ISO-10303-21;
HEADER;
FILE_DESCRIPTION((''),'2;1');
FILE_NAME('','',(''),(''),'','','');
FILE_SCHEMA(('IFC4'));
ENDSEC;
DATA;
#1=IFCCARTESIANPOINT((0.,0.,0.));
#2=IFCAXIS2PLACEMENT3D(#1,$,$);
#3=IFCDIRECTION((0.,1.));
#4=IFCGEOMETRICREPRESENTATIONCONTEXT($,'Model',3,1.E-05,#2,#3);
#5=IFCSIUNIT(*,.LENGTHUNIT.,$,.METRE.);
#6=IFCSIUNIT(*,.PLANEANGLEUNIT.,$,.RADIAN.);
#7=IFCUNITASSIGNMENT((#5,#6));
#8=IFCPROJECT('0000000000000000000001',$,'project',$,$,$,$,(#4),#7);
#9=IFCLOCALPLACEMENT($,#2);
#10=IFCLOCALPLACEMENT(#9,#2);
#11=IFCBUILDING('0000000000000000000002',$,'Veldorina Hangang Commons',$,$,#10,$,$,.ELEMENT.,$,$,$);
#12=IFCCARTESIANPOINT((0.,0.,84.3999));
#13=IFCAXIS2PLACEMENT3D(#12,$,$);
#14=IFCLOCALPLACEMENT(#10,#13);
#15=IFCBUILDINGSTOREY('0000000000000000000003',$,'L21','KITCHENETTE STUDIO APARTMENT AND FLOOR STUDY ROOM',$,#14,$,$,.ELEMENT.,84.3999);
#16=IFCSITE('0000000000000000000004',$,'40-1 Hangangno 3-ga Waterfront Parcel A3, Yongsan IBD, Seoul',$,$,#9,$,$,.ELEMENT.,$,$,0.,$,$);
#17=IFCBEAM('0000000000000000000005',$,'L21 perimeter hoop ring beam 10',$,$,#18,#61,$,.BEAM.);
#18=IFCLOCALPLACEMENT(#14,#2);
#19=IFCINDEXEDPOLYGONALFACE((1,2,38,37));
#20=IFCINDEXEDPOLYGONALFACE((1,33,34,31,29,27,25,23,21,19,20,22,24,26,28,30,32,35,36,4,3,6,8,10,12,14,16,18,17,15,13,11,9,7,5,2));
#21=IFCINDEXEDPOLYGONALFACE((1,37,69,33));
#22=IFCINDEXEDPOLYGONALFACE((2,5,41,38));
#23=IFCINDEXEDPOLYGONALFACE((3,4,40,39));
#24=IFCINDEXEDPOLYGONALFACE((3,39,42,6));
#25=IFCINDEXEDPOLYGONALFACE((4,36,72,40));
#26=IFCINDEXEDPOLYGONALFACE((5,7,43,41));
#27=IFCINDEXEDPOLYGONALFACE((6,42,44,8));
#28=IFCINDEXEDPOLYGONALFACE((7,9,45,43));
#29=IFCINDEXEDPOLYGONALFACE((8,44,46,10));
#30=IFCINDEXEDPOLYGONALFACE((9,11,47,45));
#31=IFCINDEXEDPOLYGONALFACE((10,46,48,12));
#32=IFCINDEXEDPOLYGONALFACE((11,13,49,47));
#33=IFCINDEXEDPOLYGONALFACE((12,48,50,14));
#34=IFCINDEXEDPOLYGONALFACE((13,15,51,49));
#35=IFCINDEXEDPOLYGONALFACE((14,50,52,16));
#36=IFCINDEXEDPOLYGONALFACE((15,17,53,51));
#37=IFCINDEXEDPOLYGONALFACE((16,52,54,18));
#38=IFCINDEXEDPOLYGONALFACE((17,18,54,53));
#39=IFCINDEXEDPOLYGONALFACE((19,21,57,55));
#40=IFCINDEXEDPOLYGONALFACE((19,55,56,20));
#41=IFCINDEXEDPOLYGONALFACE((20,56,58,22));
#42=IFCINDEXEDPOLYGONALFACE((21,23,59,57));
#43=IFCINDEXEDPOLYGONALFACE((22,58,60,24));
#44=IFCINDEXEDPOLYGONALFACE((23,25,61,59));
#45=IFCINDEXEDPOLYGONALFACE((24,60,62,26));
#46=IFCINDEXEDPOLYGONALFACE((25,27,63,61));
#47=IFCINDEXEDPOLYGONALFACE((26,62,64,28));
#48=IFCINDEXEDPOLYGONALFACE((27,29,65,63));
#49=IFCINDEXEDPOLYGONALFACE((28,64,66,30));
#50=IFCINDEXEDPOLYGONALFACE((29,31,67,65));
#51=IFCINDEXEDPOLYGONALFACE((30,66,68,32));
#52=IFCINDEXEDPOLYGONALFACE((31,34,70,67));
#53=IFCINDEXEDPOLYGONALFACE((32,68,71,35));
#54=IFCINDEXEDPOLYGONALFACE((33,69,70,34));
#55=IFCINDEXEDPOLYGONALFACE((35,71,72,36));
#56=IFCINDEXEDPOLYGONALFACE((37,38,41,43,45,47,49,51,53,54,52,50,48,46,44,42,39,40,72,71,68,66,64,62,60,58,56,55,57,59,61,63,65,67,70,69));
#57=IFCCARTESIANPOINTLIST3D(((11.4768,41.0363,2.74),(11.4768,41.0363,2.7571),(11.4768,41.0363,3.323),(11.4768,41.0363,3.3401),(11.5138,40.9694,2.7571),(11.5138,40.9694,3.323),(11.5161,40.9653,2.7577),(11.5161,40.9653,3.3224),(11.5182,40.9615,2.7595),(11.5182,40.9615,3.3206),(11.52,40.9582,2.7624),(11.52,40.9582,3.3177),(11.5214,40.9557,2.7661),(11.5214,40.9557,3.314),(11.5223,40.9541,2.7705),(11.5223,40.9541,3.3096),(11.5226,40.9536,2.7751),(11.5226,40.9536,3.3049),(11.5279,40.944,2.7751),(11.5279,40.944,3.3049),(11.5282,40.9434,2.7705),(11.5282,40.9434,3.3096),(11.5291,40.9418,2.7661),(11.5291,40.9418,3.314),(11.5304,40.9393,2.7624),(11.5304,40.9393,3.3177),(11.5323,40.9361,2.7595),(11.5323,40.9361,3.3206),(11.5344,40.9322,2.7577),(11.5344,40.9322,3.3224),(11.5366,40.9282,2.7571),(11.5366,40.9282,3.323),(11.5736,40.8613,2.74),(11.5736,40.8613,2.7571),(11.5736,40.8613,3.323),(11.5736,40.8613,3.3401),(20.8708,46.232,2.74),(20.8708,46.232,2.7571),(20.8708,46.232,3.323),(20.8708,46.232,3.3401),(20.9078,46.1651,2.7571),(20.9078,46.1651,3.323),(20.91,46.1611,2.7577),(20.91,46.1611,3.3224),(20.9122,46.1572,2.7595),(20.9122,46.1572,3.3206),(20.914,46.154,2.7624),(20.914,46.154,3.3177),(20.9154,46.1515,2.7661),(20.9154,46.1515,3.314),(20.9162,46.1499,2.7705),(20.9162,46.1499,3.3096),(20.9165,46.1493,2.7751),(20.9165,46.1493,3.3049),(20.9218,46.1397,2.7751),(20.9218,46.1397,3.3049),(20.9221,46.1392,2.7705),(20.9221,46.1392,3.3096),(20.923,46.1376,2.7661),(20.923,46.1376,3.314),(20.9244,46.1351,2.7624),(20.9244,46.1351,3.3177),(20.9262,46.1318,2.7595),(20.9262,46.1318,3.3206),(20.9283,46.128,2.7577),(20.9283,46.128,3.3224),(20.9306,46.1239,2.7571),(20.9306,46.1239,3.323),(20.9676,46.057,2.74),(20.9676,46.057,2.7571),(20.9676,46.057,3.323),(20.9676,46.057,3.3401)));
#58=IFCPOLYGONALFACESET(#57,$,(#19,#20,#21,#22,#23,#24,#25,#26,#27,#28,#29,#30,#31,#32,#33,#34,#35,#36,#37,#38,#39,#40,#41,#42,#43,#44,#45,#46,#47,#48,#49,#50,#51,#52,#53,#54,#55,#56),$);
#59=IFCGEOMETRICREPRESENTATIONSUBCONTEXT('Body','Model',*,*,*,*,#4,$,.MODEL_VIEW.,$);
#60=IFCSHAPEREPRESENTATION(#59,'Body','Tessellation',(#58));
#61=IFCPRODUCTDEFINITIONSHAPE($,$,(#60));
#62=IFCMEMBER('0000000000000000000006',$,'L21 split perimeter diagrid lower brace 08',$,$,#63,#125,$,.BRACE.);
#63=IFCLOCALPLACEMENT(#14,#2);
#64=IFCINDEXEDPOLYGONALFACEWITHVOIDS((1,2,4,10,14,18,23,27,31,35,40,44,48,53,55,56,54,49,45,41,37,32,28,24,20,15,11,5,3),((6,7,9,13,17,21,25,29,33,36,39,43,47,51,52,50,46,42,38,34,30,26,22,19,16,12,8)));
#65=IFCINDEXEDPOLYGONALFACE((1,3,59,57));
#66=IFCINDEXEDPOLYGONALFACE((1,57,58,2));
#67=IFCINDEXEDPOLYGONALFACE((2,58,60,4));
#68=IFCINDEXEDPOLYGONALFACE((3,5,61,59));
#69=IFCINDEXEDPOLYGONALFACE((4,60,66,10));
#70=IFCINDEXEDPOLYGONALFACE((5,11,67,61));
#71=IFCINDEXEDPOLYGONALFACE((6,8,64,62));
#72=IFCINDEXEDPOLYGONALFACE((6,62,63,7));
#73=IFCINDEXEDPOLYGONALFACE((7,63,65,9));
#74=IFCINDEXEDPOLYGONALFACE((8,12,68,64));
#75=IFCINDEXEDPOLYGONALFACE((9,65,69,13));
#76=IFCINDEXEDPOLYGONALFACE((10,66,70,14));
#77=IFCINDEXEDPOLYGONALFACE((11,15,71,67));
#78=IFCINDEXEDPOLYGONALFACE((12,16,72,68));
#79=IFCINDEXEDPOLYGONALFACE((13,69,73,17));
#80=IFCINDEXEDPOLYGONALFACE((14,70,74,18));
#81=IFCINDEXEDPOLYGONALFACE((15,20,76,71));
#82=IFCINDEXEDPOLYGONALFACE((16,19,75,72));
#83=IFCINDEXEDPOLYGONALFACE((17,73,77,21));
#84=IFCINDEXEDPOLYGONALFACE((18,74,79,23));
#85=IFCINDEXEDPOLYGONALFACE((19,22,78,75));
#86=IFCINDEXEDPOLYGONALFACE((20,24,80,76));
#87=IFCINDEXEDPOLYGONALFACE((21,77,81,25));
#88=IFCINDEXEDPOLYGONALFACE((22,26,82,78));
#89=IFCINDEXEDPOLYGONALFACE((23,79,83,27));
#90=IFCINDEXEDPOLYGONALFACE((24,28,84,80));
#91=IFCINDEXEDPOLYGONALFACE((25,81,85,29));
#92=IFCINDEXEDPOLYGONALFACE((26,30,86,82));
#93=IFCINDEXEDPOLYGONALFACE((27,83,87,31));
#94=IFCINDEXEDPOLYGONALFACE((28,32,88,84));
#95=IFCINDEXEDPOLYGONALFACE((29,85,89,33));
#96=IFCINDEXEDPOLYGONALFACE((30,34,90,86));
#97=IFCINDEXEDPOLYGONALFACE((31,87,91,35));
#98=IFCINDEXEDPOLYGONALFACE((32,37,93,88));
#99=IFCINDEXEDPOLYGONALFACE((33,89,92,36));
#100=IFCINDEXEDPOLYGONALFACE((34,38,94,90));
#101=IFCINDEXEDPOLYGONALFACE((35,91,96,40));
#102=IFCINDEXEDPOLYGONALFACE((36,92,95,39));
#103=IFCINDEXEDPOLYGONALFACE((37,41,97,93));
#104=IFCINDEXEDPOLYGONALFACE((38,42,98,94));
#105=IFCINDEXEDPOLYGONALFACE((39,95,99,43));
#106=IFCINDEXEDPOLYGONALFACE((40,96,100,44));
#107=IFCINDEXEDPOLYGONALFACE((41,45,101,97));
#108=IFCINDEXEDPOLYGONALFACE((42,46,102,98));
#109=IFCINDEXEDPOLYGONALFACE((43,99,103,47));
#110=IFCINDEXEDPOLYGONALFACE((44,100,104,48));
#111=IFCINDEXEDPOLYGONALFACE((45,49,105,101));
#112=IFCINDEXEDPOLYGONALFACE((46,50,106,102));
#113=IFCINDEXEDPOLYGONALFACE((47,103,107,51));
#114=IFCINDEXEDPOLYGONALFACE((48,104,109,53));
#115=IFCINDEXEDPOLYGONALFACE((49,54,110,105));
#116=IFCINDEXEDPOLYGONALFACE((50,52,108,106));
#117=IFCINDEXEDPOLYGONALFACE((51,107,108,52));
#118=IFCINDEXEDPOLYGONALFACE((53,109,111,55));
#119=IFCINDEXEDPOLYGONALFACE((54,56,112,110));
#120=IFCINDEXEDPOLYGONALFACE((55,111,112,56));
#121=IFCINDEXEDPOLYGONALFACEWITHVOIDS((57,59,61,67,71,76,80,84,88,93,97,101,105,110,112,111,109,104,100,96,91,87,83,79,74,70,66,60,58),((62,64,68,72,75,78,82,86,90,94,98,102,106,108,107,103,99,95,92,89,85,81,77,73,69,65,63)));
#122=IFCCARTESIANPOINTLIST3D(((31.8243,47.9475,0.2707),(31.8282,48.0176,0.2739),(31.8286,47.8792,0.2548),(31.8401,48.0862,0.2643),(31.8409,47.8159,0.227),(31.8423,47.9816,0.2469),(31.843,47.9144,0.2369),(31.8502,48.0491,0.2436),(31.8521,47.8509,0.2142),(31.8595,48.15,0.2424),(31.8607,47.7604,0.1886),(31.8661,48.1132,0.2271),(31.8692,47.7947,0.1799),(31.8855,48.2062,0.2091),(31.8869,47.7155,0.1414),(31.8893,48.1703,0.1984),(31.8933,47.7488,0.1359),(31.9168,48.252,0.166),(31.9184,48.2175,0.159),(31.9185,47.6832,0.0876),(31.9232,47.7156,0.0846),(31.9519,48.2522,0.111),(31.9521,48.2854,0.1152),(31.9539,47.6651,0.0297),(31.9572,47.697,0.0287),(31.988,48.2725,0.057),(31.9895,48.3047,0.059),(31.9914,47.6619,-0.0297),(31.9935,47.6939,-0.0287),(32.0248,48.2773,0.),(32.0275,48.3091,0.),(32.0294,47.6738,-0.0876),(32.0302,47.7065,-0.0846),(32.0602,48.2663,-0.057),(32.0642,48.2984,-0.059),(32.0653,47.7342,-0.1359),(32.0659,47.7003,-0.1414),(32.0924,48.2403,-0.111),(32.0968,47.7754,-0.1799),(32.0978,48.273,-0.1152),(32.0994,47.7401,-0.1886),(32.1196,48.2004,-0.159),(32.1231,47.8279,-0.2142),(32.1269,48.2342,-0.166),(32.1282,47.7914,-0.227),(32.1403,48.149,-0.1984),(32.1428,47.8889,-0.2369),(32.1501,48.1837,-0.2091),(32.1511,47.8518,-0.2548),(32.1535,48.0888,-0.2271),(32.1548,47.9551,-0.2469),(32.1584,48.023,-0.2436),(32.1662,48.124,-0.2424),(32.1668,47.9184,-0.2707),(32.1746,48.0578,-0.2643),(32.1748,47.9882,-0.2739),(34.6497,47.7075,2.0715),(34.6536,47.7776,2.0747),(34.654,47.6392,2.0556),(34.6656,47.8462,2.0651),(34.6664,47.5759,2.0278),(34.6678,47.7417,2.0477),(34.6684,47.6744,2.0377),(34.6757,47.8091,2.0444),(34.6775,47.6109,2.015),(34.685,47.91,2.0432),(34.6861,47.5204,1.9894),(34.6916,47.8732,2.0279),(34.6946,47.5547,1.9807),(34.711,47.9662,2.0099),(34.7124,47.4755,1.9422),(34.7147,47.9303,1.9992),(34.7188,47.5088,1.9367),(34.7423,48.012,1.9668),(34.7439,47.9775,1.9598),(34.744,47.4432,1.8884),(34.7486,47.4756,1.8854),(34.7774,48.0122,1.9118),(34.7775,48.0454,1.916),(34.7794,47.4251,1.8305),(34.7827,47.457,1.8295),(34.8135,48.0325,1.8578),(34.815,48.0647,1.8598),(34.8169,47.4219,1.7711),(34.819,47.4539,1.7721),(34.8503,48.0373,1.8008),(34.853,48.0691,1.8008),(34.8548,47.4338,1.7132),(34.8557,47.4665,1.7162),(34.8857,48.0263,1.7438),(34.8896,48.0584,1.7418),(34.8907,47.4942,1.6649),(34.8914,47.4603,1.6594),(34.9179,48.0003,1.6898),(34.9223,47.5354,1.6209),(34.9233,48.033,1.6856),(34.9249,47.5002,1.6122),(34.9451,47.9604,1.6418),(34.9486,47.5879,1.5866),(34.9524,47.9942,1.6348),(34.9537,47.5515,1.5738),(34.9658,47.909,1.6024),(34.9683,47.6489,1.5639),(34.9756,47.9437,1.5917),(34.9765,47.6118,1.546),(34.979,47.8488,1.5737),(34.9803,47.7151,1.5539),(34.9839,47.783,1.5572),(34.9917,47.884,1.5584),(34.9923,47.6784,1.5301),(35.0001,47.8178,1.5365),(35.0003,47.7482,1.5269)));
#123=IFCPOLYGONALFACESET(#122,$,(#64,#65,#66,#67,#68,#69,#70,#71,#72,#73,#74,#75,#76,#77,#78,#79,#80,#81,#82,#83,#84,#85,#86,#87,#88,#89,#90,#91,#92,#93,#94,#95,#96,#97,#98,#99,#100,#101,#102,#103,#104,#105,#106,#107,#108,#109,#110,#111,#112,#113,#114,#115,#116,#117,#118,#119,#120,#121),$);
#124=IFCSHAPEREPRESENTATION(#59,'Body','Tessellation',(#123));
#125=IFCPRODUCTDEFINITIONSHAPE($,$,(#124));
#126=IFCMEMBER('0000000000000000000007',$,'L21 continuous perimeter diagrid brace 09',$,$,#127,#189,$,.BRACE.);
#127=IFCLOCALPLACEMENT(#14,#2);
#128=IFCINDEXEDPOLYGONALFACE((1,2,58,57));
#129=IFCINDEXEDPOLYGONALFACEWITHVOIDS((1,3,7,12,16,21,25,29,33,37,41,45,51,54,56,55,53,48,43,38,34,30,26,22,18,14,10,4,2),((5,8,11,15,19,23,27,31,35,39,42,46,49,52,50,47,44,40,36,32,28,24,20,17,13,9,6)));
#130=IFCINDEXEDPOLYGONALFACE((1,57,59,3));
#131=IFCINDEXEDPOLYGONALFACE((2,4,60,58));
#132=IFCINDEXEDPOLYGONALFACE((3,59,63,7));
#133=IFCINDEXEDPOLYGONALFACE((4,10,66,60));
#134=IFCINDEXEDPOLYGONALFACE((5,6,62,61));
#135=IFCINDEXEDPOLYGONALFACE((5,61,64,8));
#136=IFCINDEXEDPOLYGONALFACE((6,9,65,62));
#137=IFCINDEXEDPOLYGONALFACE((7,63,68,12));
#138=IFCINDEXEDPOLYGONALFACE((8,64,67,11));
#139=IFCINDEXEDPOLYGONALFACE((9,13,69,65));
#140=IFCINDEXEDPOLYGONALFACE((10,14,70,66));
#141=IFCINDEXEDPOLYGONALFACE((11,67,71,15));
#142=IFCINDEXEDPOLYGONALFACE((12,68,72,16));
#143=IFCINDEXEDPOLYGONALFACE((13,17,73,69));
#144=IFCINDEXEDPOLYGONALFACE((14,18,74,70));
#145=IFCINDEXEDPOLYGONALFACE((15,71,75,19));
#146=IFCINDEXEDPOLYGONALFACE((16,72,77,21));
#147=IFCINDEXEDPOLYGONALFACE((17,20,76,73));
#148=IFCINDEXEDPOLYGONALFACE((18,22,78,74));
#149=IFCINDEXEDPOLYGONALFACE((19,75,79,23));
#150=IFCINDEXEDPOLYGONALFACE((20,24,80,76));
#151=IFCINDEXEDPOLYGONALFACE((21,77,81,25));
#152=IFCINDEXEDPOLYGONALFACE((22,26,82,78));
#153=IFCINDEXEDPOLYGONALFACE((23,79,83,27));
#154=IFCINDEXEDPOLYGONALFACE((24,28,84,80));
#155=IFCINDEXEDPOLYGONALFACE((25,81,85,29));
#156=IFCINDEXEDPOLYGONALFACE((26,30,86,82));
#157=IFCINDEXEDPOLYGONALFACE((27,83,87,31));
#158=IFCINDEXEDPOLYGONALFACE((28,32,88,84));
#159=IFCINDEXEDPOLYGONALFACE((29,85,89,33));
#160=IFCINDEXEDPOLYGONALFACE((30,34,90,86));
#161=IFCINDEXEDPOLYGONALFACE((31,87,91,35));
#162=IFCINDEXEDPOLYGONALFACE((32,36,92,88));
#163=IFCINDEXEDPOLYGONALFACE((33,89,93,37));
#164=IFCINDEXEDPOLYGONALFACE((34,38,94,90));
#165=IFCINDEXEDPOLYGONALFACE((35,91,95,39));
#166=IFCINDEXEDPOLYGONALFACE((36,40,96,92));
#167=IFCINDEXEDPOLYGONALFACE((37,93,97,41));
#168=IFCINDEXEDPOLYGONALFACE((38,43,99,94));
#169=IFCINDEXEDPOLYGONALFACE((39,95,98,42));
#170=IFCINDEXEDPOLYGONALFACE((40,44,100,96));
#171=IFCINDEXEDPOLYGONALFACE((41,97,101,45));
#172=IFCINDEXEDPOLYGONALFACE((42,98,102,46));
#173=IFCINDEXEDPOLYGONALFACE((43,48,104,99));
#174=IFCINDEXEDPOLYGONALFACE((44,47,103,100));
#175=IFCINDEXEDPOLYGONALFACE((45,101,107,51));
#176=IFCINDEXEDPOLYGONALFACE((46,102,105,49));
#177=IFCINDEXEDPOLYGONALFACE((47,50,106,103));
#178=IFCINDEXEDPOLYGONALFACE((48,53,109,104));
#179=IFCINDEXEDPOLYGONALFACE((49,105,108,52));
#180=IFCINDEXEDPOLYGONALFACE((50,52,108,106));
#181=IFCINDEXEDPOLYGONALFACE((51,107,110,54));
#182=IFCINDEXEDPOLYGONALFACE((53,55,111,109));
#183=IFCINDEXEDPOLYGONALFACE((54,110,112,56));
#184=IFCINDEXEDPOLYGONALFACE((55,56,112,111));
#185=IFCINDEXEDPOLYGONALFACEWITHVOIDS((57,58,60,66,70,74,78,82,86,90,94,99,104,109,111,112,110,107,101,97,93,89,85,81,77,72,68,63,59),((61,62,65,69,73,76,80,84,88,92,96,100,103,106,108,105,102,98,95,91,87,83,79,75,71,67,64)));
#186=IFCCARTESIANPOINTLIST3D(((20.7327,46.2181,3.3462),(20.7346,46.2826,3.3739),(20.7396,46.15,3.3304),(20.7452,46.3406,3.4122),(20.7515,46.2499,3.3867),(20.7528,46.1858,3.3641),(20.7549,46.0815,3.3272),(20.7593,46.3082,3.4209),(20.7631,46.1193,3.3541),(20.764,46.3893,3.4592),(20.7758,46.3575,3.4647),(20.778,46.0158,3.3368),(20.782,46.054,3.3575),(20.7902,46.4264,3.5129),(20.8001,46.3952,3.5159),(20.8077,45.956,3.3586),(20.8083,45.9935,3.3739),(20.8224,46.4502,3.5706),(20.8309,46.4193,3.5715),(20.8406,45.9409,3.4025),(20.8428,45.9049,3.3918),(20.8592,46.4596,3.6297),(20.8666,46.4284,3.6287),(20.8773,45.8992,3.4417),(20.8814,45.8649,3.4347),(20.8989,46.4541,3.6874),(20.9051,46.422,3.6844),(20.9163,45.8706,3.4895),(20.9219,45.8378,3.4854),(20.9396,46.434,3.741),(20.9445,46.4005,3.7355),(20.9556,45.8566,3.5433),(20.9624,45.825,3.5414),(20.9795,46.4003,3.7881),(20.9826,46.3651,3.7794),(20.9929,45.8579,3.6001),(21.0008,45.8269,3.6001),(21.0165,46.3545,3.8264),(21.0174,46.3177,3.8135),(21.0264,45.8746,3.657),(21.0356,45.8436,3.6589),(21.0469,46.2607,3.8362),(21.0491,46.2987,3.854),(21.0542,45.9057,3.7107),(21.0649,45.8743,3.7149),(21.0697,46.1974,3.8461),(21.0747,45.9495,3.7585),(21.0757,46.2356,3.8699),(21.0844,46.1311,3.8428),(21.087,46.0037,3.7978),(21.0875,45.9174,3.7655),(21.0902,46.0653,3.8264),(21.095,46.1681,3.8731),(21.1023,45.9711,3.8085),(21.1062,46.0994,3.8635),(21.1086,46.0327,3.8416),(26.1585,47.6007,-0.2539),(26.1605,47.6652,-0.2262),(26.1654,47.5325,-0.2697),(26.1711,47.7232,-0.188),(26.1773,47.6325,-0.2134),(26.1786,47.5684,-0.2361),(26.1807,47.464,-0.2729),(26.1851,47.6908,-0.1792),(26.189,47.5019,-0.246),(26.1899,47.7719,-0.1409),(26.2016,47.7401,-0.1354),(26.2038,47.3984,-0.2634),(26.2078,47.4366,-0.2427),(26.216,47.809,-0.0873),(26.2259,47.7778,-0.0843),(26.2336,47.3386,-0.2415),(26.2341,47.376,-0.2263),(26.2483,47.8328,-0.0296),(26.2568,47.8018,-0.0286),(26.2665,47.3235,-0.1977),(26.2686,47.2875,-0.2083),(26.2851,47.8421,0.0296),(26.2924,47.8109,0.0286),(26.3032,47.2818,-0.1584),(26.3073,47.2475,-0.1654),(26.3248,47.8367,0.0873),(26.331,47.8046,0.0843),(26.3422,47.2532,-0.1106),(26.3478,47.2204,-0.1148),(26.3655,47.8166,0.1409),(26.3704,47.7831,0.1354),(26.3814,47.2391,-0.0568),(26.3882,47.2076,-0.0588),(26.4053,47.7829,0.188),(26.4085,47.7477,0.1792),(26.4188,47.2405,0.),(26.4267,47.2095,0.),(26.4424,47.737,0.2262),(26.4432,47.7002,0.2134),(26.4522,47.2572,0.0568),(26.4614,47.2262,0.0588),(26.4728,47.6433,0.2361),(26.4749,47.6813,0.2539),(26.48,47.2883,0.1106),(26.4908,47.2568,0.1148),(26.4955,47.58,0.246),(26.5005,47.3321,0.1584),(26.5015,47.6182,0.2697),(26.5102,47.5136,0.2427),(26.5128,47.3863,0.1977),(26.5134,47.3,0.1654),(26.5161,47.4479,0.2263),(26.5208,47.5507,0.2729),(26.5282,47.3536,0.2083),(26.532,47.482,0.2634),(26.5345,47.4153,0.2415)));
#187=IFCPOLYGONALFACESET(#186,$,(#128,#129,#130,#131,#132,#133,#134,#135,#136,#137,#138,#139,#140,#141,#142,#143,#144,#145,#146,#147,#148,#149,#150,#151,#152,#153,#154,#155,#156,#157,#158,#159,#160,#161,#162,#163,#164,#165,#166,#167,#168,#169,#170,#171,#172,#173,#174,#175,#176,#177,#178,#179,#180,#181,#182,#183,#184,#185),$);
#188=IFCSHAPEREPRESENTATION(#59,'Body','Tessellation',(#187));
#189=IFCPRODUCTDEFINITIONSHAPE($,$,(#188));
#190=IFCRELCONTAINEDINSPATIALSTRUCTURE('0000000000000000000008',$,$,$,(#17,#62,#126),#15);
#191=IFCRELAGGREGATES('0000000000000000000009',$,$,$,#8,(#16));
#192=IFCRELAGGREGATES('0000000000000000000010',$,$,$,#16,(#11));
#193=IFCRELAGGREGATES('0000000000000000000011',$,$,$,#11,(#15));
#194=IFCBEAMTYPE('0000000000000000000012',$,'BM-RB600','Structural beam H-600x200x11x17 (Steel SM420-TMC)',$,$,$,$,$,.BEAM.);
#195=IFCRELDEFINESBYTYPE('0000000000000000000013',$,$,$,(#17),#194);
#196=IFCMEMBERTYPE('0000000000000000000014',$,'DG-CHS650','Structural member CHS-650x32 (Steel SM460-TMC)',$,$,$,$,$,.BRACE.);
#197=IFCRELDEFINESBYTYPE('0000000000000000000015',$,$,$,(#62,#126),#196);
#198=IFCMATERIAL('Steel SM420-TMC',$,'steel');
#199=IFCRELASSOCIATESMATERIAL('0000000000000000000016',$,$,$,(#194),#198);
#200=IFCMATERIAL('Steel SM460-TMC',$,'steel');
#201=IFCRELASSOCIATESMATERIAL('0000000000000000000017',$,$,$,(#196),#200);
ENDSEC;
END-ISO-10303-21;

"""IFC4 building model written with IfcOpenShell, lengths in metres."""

from ifc_helpers import new_model, si_unit, direction, frame, origin, origin_2d, place, context, subcontext, project, spatial, hollow_circle, i_section, extrude, material, material_profile, profile_set, type_object, element, save


model = new_model("IFC4")

# Units and contexts
model_context = context("Model", 3, precision=1e-05, world=origin(), true_north=direction((0.0, 1.0)))
body_context = subcontext(model_context, "Body", "Model", "MODEL_VIEW")
ifc_project = project(units=[si_unit("LENGTHUNIT", "METRE"), si_unit("PLANEANGLEUNIT", "RADIAN")], contexts=[model_context])

# Site, building, storey
site_placement = place(None, origin())
site = spatial("IfcSite", under=ifc_project, at=site_placement, Name="40-1 Hangangno 3-ga Waterfront Parcel A3, Yongsan IBD, Seoul", CompositionType="ELEMENT", RefElevation=0.0)
building_placement = place(site_placement, origin())
building = spatial("IfcBuilding", under=site, at=building_placement, Name="Veldorina Hangang Commons", CompositionType="ELEMENT")
storey_placement = place(building_placement, frame((0.0, 0.0, 84.3999)))
storey = spatial("IfcBuildingStorey", under=building, at=storey_placement, Name="L21", Description="KITCHENETTE STUDIO APARTMENT AND FLOOR STUDY ROOM", CompositionType="ELEMENT", Elevation=84.3999)

# Beam
ifc_material_1 = material(Name="Steel SM420-TMC", Category="steel")
ifc_material_profile_1 = material_profile(ifc_material_1, i_section(OverallWidth=0.2, OverallDepth=0.6001, WebThickness=0.011, FlangeThickness=0.0171, FilletRadius=0.0181, at=origin_2d()), Name="H-600x200x11x17")
ifc_profile_set_1 = profile_set([ifc_material_profile_1], Name="Steel SM420-TMC")
beam_type_1 = type_object("IfcBeamType", Name="BM-RB600", Description="Structural beam H-600x200x11x17 (Steel SM420-TMC)", PredefinedType="BEAM", material=ifc_profile_set_1)
beam_1_placement = place(storey_placement, frame((20.9192, 46.1445, 3.04), z_axis=(-0.87507, -0.483997, 0.0), x_axis=(0.483997, -0.87507, 0.0)))
element("IfcBeam", 1, at=beam_1_placement, inside=storey, type_object=beam_type_1, Name="L21 perimeter hoop ring beam 10", PredefinedType="BEAM", context=body_context, shape_type="SweptSolid", body=[
    extrude(i_section(OverallWidth=0.2, OverallDepth=0.6001, WebThickness=0.011, FlangeThickness=0.0171, FilletRadius=0.0181, at=origin_2d()), origin(), (0.0, 0.0, 1.0), 10.7351),
])

# Members
ifc_material_2 = material(Name="Steel SM460-TMC", Category="steel")
ifc_material_profile_2 = material_profile(ifc_material_2, hollow_circle(Radius=0.325, WallThickness=0.032, at=origin_2d()), Name="CHS-650x32")
ifc_profile_set_2 = profile_set([ifc_material_profile_2], Name="Steel SM460-TMC")
member_type = type_object("IfcMemberType", Name="DG-CHS650", Description="Structural member CHS-650x32 (Steel SM460-TMC)", PredefinedType="BRACE", material=ifc_profile_set_2)
member_1_placement = place(storey_placement, frame((32.0, 47.9854, 0.0), z_axis=(0.841131, -0.071445, 0.536091), x_axis=(0.084634, 0.996412, 0.0)))
element("IfcMember", 2, at=member_1_placement, inside=storey, type_object=member_type, Name="L21 split perimeter diagrid lower brace 08", PredefinedType="BRACE", context=body_context, shape_type="SweptSolid", body=[
    extrude(hollow_circle(Radius=0.325, WallThickness=0.032, at=origin_2d()), origin(), (0.0, 0.0, 1.0), 3.3591),
])
member_2_placement = place(storey_placement, frame((26.3464, 47.5244, 0.0), z_axis=(-0.815089, -0.207697, 0.540825), x_axis=(0.246924, -0.969035, 0.0)))
element("IfcMember", 3, at=member_2_placement, inside=storey, type_object=member_type, Name="L21 continuous perimeter diagrid brace 09", PredefinedType="BRACE", context=body_context, shape_type="SweptSolid", body=[
    extrude(hollow_circle(Radius=0.325, WallThickness=0.032, at=origin_2d()), origin(), (0.0, 0.0, 1.0), 6.6567),
])

save(model, "model.ifc")
